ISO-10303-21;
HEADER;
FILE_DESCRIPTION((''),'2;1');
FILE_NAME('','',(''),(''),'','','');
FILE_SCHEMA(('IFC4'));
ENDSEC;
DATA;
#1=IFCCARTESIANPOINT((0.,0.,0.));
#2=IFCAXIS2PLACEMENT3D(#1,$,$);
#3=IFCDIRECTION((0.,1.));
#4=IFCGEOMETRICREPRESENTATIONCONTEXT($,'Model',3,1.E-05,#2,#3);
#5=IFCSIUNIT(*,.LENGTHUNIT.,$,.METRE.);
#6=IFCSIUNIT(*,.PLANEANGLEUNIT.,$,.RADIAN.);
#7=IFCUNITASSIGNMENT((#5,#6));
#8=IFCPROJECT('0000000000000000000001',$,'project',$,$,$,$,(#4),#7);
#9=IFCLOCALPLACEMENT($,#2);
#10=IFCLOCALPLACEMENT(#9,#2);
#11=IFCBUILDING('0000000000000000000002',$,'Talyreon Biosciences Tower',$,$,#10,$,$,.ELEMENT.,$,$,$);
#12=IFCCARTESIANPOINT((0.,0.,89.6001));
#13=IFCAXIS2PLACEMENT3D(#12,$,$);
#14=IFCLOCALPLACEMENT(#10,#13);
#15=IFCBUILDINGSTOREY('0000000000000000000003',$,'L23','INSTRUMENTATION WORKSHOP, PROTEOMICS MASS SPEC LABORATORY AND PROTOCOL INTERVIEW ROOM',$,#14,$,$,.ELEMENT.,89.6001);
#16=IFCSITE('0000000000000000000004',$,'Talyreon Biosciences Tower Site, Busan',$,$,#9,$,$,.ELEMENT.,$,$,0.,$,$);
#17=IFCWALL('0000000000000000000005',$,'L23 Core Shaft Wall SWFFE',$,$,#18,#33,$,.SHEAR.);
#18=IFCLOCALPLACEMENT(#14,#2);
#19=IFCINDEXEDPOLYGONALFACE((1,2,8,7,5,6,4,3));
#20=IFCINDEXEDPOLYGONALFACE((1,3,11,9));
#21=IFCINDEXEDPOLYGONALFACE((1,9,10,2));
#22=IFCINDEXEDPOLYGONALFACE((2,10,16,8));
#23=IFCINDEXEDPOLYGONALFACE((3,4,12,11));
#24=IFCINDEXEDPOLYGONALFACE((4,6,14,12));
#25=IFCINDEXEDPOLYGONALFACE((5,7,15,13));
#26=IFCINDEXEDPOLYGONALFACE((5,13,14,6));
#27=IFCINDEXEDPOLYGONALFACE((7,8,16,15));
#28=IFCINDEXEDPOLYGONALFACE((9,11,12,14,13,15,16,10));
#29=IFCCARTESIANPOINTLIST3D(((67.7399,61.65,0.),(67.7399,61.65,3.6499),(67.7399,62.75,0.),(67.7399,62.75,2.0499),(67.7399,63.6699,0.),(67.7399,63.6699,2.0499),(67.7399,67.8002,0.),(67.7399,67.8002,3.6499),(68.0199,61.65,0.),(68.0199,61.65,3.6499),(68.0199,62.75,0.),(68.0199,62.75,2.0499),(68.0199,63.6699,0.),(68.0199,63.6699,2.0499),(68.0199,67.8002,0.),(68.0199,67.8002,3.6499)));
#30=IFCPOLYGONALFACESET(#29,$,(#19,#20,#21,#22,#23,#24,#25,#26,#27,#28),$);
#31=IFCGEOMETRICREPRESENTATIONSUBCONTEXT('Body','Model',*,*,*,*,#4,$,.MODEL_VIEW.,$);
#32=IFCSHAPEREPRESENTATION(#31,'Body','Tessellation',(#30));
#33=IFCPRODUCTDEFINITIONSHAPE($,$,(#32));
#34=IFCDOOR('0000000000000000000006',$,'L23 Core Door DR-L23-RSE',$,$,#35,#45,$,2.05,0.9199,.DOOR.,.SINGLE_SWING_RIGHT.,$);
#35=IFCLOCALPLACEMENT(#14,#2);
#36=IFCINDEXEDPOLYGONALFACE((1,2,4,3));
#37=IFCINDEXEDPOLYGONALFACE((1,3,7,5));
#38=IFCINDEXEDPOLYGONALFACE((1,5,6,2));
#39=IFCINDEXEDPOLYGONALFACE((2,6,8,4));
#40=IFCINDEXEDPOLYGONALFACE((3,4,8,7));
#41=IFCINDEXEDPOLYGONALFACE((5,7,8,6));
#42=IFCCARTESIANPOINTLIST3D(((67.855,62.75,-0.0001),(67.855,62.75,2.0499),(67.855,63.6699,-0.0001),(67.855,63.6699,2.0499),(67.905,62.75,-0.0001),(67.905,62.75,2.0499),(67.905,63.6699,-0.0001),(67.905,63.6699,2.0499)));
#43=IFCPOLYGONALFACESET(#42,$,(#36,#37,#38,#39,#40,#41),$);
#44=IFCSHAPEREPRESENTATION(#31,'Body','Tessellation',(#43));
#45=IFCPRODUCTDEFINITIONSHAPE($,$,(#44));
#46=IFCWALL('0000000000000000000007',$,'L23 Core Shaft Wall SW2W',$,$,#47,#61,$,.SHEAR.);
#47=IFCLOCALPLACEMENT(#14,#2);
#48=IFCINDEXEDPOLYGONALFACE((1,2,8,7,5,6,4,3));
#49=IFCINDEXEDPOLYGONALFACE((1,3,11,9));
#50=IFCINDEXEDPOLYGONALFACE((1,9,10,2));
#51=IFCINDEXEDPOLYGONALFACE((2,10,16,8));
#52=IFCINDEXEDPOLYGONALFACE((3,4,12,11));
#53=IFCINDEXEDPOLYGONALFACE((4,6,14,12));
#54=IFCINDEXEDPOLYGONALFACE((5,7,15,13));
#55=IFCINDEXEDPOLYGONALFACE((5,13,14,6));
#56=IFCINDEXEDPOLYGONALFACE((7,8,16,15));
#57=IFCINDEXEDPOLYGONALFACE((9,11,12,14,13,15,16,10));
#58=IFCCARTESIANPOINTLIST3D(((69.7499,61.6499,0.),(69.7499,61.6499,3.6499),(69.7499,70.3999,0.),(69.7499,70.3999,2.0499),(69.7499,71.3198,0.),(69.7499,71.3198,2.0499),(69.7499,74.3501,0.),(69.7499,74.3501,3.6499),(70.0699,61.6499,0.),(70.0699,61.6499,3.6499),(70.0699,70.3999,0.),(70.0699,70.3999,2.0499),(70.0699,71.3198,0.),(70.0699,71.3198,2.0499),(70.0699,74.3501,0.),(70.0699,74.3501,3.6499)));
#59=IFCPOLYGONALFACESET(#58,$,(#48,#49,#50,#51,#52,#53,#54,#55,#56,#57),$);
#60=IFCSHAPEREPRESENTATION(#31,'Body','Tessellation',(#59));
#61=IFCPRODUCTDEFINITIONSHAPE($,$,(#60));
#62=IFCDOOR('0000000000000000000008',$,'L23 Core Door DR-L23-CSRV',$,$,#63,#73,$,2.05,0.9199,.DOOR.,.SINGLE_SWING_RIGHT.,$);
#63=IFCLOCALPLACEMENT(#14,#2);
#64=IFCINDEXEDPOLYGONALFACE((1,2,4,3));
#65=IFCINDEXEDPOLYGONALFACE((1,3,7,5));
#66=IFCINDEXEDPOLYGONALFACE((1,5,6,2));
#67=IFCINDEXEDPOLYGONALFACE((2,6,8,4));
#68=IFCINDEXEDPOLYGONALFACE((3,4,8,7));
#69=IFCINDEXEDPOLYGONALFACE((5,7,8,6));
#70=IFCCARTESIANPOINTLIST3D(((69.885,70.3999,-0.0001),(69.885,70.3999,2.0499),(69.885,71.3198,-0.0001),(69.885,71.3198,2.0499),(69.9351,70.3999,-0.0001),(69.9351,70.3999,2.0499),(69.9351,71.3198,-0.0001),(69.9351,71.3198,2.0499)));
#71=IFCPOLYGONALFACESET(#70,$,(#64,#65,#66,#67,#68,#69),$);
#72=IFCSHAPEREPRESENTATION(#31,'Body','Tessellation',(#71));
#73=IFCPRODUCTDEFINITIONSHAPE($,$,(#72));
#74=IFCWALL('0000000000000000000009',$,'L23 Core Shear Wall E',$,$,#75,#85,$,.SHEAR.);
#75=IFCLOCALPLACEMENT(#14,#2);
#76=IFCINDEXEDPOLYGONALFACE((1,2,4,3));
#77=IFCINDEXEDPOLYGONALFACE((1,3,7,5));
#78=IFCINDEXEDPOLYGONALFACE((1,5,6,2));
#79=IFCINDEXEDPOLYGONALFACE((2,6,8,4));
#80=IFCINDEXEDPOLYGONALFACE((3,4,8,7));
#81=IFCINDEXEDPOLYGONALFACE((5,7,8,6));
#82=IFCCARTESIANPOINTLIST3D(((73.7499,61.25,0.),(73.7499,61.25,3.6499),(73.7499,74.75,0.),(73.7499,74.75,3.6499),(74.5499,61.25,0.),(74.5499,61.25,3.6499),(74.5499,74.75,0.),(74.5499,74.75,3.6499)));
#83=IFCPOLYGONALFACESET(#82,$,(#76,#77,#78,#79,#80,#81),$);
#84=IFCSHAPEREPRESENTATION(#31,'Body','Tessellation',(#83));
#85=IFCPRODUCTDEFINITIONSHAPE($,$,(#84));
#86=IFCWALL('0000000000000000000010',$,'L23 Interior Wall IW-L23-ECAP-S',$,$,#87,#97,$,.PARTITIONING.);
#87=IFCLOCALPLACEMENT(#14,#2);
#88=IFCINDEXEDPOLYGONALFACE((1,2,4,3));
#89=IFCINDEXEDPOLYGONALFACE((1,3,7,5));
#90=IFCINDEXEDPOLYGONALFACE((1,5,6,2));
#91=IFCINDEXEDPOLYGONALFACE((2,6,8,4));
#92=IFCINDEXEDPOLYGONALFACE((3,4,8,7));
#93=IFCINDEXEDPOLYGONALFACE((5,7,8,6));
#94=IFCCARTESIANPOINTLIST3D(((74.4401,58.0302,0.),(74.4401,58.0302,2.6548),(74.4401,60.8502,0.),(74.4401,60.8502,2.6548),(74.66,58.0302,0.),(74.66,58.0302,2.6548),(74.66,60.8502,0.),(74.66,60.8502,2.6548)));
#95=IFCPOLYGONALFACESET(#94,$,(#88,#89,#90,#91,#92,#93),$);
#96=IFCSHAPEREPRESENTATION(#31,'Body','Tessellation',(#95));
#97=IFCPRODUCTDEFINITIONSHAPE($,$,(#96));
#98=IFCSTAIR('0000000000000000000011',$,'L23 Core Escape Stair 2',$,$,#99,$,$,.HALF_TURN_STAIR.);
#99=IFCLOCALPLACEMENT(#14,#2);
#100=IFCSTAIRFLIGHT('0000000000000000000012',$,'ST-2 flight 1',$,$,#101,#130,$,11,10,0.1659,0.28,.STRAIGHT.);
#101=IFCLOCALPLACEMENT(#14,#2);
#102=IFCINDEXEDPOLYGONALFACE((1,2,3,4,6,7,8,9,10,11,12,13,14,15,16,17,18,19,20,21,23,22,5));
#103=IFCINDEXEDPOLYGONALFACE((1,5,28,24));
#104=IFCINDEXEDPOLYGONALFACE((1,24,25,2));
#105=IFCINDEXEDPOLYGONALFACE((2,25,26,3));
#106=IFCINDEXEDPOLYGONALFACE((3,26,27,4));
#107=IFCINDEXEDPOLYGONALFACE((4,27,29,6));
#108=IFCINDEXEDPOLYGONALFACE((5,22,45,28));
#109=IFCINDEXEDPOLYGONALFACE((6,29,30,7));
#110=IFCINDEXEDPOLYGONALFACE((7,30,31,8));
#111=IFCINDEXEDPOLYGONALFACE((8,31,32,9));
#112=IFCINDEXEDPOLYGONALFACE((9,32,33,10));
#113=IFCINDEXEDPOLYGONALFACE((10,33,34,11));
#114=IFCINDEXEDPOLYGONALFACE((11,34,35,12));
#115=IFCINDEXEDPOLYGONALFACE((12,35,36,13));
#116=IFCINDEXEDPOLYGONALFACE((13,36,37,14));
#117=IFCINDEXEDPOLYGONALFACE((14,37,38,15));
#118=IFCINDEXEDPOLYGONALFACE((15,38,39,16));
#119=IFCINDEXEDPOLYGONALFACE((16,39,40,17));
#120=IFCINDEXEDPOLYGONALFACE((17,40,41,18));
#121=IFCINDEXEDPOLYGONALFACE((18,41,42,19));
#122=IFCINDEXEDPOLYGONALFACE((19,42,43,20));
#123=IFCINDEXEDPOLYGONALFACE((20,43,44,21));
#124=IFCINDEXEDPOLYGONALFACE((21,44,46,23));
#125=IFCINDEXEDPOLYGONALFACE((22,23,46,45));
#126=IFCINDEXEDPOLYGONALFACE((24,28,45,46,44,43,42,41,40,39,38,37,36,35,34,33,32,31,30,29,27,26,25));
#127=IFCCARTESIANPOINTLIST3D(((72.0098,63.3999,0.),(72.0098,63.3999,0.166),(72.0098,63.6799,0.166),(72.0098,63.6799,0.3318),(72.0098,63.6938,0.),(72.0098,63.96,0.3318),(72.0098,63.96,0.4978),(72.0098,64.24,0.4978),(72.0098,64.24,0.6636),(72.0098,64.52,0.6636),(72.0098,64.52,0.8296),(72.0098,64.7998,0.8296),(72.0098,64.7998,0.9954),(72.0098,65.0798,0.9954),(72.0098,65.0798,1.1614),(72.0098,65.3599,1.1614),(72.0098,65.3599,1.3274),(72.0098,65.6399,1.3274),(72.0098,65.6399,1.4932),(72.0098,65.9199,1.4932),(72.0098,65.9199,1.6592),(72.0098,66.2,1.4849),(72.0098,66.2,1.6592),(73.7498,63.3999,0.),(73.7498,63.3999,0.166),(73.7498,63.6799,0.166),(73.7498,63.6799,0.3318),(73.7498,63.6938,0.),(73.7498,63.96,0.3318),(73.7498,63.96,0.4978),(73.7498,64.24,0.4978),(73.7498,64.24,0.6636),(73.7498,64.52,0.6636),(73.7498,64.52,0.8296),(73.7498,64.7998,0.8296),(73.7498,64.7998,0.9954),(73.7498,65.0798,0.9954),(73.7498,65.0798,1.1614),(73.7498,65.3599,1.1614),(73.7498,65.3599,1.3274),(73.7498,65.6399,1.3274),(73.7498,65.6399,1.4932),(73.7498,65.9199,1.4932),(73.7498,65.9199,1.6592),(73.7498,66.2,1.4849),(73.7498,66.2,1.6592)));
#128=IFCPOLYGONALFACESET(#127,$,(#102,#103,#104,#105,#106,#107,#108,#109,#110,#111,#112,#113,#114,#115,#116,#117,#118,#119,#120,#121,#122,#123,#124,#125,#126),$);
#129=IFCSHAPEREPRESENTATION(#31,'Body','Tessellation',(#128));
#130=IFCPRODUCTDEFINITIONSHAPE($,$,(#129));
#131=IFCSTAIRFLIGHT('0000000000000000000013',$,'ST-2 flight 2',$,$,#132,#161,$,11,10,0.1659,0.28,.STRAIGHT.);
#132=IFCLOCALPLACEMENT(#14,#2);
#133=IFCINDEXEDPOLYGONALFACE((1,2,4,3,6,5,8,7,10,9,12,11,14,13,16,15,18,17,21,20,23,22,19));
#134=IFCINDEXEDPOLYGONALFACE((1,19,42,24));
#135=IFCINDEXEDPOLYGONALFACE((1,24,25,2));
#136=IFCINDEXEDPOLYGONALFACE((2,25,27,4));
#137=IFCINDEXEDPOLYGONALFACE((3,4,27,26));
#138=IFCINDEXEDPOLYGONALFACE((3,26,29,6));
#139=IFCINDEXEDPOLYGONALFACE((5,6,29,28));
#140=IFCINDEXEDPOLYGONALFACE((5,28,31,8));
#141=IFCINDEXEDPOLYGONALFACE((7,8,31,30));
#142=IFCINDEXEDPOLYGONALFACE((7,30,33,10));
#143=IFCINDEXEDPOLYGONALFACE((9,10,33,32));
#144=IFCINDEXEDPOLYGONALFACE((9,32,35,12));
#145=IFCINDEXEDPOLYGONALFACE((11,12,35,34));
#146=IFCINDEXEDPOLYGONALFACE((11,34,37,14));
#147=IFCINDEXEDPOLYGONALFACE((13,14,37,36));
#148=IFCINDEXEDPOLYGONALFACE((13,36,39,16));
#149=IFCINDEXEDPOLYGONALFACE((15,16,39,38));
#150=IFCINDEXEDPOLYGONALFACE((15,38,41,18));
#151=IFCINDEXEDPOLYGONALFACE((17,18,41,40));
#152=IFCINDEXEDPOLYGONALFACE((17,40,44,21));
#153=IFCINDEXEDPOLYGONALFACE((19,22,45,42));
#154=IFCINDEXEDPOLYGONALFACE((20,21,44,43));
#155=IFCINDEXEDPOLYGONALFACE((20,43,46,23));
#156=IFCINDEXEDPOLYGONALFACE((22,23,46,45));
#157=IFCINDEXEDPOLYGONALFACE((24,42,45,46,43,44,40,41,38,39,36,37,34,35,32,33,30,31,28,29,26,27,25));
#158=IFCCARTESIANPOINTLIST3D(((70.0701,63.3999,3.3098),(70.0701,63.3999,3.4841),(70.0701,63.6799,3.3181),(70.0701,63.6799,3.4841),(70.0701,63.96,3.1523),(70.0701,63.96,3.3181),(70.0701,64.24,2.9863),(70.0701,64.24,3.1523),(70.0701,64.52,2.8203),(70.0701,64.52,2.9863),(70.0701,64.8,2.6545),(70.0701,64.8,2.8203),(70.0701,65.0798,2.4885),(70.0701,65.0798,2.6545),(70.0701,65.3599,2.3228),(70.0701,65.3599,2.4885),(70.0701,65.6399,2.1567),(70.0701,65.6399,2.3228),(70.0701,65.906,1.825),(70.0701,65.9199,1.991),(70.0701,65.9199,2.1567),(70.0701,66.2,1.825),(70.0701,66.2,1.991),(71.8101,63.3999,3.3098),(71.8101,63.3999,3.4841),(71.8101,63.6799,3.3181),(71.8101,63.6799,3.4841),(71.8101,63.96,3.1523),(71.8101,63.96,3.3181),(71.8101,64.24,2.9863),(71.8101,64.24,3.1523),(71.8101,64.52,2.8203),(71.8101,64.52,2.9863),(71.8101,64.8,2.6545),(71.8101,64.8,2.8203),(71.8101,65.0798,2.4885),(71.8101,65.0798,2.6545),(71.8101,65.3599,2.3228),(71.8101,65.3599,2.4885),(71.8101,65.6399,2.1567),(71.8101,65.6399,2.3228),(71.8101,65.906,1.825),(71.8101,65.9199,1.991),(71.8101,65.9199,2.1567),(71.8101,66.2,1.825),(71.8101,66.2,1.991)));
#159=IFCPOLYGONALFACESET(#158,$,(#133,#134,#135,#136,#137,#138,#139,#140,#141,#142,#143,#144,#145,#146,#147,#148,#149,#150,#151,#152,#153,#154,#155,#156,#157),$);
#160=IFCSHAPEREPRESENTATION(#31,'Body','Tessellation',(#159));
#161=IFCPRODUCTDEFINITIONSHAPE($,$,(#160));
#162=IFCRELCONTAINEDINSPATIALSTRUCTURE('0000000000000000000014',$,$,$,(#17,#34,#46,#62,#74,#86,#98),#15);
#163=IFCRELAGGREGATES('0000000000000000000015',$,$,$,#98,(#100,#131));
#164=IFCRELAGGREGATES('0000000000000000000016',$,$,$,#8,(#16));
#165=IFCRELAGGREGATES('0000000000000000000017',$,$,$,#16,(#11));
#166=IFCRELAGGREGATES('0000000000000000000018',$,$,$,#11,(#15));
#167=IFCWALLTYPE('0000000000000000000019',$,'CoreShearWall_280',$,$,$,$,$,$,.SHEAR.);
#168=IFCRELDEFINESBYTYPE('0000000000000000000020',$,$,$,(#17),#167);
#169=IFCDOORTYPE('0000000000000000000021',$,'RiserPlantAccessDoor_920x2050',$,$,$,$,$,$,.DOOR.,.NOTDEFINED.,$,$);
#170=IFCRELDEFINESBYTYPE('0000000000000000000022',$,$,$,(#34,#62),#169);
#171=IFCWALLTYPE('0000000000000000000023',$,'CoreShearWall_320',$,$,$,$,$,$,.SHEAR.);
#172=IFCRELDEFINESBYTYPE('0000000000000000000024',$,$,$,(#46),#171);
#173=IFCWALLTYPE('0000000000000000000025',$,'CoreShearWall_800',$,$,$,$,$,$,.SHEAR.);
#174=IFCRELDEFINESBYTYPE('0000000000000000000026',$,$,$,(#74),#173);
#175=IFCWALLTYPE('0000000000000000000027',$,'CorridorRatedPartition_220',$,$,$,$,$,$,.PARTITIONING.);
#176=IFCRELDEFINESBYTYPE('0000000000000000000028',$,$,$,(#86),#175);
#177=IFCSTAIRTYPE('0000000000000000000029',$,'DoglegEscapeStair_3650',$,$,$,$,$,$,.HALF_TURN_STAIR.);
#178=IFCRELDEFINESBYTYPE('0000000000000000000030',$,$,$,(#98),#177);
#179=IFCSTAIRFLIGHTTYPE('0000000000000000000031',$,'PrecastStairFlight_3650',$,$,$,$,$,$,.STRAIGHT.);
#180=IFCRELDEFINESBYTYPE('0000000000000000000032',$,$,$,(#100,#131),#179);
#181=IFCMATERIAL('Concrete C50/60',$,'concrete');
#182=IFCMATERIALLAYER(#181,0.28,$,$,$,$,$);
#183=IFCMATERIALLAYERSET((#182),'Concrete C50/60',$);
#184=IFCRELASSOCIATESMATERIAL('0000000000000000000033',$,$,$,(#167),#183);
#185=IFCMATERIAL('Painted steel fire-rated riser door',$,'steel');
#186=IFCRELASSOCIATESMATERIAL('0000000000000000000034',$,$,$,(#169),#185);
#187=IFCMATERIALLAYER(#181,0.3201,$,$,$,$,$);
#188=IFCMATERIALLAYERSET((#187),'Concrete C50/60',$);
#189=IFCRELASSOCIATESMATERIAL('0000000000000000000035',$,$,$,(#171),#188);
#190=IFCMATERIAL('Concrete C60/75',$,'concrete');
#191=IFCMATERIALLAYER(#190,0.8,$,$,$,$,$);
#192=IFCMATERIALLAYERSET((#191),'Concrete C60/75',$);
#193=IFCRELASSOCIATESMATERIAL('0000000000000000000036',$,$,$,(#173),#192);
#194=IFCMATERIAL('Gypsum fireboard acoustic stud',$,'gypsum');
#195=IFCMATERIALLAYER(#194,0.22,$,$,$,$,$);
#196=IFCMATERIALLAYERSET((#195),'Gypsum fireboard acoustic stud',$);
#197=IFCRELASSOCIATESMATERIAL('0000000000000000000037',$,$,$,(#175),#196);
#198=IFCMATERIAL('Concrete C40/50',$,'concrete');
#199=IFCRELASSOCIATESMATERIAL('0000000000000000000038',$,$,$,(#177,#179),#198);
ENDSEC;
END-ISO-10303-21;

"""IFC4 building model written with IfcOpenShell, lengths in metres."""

from ifc_helpers import new_model, si_unit, direction, frame, frame_2d, origin, place, context, subcontext, project, spatial, polyline, rectangle, outline, extrude, material, layer, layer_set, type_object, element, fill, aggregate, save


model = new_model("IFC4")

# Units and contexts
model_context = context("Model", 3, precision=1e-05, world=origin(), true_north=direction((0.0, 1.0)))
body_context = subcontext(model_context, "Body", "Model", "MODEL_VIEW")
ifc_project = project(units=[si_unit("LENGTHUNIT", "METRE"), si_unit("PLANEANGLEUNIT", "RADIAN")], contexts=[model_context])

# Site, building, storey
site_placement = place(None, origin())
site = spatial("IfcSite", under=ifc_project, at=site_placement, Name="Talyreon Biosciences Tower Site, Busan", CompositionType="ELEMENT", RefElevation=0.0)
building_placement = place(site_placement, origin())
building = spatial("IfcBuilding", under=site, at=building_placement, Name="Talyreon Biosciences Tower", CompositionType="ELEMENT")
storey_placement = place(building_placement, frame((0.0, 0.0, 89.6001)))
storey = spatial("IfcBuildingStorey", under=building, at=storey_placement, Name="L23", Description="INSTRUMENTATION WORKSHOP, PROTEOMICS MASS SPEC LABORATORY AND PROTOCOL INTERVIEW ROOM", CompositionType="ELEMENT", Elevation=89.6001)

# Shared definitions
ifc_material_1 = material(Name="Concrete C60/75", Category="concrete")
ifc_material_2 = material(Name="Concrete C50/60", Category="concrete")

# Walls, openings, doors
ifc_layer_1 = layer(ifc_material_2, 0.28)
ifc_layer_set_1 = layer_set([ifc_layer_1], Name="Concrete C50/60")
wall_type_1 = type_object("IfcWallType", Name="CoreShearWall_280", PredefinedType="SHEAR", material=ifc_layer_set_1)
wall_1_placement = place(storey_placement, frame((67.8799, 61.6499, 0.0), z_axis=(0.0, 0.0, 1.0), x_axis=(0.0, 1.0, 0.0)))
wall_1 = element("IfcWall", 1, at=wall_1_placement, inside=storey, type_object=wall_type_1, Name="L23 Core Shaft Wall SWFFE", PredefinedType="SHEAR", context=body_context, shape_type="SweptSolid", body=[
    extrude(rectangle(XDim=6.1501, YDim=0.28, at=frame_2d((3.0752, 0.0))), origin(), (0.0, 0.0, 1.0), 3.6499),
])
opening_1_placement = place(wall_1_placement, frame((1.1001, 0.0, 0.0)))
opening_1 = element("IfcOpeningElement", 2, at=opening_1_placement, cuts=wall_1, PredefinedType="OPENING", context=body_context, shape_type="SweptSolid", body=[
    extrude(rectangle(XDim=0.9199, YDim=2.05, at=frame_2d((0.46, 1.0249))), frame((0.0, 0.1499, 0.0), z_axis=(0.0, -1.0, 0.0), x_axis=(1.0, 0.0, 0.0)), (0.0, 0.0, 1.0), 0.3),
])
ifc_material_3 = material(Name="Painted steel fire-rated riser door", Category="steel")
door_type = type_object("IfcDoorType", Name="RiserPlantAccessDoor_920x2050", OperationType="NOTDEFINED", PredefinedType="DOOR", material=ifc_material_3)
door_1_placement = place(opening_1_placement, origin())
door_1 = element("IfcDoor", 3, at=door_1_placement, inside=storey, type_object=door_type, Name="L23 Core Door DR-L23-RSE", OperationType="SINGLE_SWING_RIGHT", OverallHeight=2.05, OverallWidth=0.9199, PredefinedType="DOOR", context=body_context, shape_type="SweptSolid", body=[
    extrude(rectangle(XDim=0.9199, YDim=2.05, at=frame_2d((0.46, 1.0249))), frame((0.0, 0.0249, 0.0), z_axis=(0.0, -1.0, 0.0), x_axis=(1.0, 0.0, 0.0)), (0.0, 0.0, 1.0), 0.05),
])
fill(opening_1, door_1)
ifc_layer_2 = layer(ifc_material_2, 0.3201)
ifc_layer_set_2 = layer_set([ifc_layer_2], Name="Concrete C50/60")
wall_type_2 = type_object("IfcWallType", Name="CoreShearWall_320", PredefinedType="SHEAR", material=ifc_layer_set_2)
wall_2_placement = place(storey_placement, frame((69.9099, 61.6499, 0.0), z_axis=(0.0, 0.0, 1.0), x_axis=(0.0, 1.0, 0.0)))
wall_2 = element("IfcWall", 4, at=wall_2_placement, inside=storey, type_object=wall_type_2, Name="L23 Core Shaft Wall SW2W", PredefinedType="SHEAR", context=body_context, shape_type="SweptSolid", body=[
    extrude(rectangle(XDim=12.7002, YDim=0.3201, at=frame_2d((6.3501, 0.0))), origin(), (0.0, 0.0, 1.0), 3.6499),
])
opening_2_placement = place(wall_2_placement, frame((8.75, 0.0, 0.0)))
opening_2 = element("IfcOpeningElement", 5, at=opening_2_placement, cuts=wall_2, PredefinedType="OPENING", context=body_context, shape_type="SweptSolid", body=[
    extrude(rectangle(XDim=0.9199, YDim=2.05, at=frame_2d((0.46, 1.0249))), frame((0.0, 0.1699, 0.0), z_axis=(0.0, -1.0, 0.0), x_axis=(1.0, 0.0, 0.0)), (0.0, 0.0, 1.0), 0.3401),
])
door_2_placement = place(opening_2_placement, origin())
door_2 = element("IfcDoor", 6, at=door_2_placement, inside=storey, type_object=door_type, Name="L23 Core Door DR-L23-CSRV", OperationType="SINGLE_SWING_RIGHT", OverallHeight=2.05, OverallWidth=0.9199, PredefinedType="DOOR", context=body_context, shape_type="SweptSolid", body=[
    extrude(rectangle(XDim=0.9199, YDim=2.05, at=frame_2d((0.46, 1.0249))), frame((0.0, 0.0249, 0.0), z_axis=(0.0, -1.0, 0.0), x_axis=(1.0, 0.0, 0.0)), (0.0, 0.0, 1.0), 0.05),
])
fill(opening_2, door_2)

# Walls
ifc_layer_3 = layer(ifc_material_1, 0.8)
ifc_layer_set_3 = layer_set([ifc_layer_3], Name="Concrete C60/75")
wall_type_3 = type_object("IfcWallType", Name="CoreShearWall_800", PredefinedType="SHEAR", material=ifc_layer_set_3)
wall_3_placement = place(storey_placement, frame((74.1499, 61.25, 0.0), z_axis=(0.0, 0.0, 1.0), x_axis=(0.0, 1.0, 0.0)))
element("IfcWall", 7, at=wall_3_placement, inside=storey, type_object=wall_type_3, Name="L23 Core Shear Wall E", PredefinedType="SHEAR", context=body_context, shape_type="SweptSolid", body=[
    extrude(rectangle(XDim=13.5, YDim=0.8, at=frame_2d((6.75, 0.0))), origin(), (0.0, 0.0, 1.0), 3.6499),
])
ifc_material_4 = material(Name="Gypsum fireboard acoustic stud", Category="gypsum")
ifc_layer_4 = layer(ifc_material_4, 0.22)
ifc_layer_set_4 = layer_set([ifc_layer_4], Name="Gypsum fireboard acoustic stud")
wall_type_4 = type_object("IfcWallType", Name="CorridorRatedPartition_220", PredefinedType="PARTITIONING", material=ifc_layer_set_4)
wall_4_placement = place(storey_placement, frame((74.55, 58.03, 0.0), z_axis=(0.0, 0.0, 1.0), x_axis=(0.0, 1.0, 0.0)))
element("IfcWall", 8, at=wall_4_placement, inside=storey, type_object=wall_type_4, Name="L23 Interior Wall IW-L23-ECAP-S", PredefinedType="PARTITIONING", context=body_context, shape_type="SweptSolid", body=[
    extrude(rectangle(XDim=2.8201, YDim=0.22, at=frame_2d((1.4102, 0.0))), origin(), (0.0, 0.0, 1.0), 2.6548),
])

# Stair, stair flights
ifc_material_5 = material(Name="Concrete C40/50", Category="concrete")
stair_type = type_object("IfcStairType", Name="DoglegEscapeStair_3650", PredefinedType="HALF_TURN_STAIR", material=ifc_material_5)
stair_placement = place(storey_placement, origin())
stair = element("IfcStair", 9, at=stair_placement, inside=storey, type_object=stair_type, Name="L23 Core Escape Stair 2", PredefinedType="HALF_TURN_STAIR")
stair_flight_type = type_object("IfcStairFlightType", Name="PrecastStairFlight_3650", PredefinedType="STRAIGHT", material=ifc_material_5)
stair_flight_1_placement = place(storey_placement, frame((72.8799, 63.3999, 0.0), z_axis=(0.0, 0.0, 1.0), x_axis=(0.0, 1.0, 0.0)))
stair_flight_1 = element("IfcStairFlight", 10, at=stair_flight_1_placement, type_object=stair_flight_type, Name="ST-2 flight 1", NumberOfRisers=11, NumberOfTreads=10, PredefinedType="STRAIGHT", RiserHeight=0.1659, TreadLength=0.28, context=body_context, shape_type="SweptSolid", body=[
    extrude(outline(polyline([(0.0, 0.0), (0.0, 0.166), (0.28, 0.166), (0.28, 0.3318), (0.5601, 0.3318), (0.5601, 0.4978), (0.8401, 0.4978), (0.8401, 0.6636), (1.1201, 0.6636), (1.1201, 0.8296), (1.3999, 0.8296), (1.3999, 0.9954), (1.6799, 0.9954), (1.6799, 1.1614), (1.96, 1.1614), (1.96, 1.3274), (2.24, 1.3274), (2.24, 1.4932), (2.52, 1.4932), (2.52, 1.6592), (2.8, 1.6592), (2.8, 1.825), (2.8, 1.4849), (0.2939, 0.0), (0.0, 0.0)])), frame((0.0, 0.8701, 0.0), z_axis=(0.0, -1.0, 0.0), x_axis=(1.0, 0.0, 0.0)), (0.0, 0.0, 1.0), 1.74),
])
stair_flight_2_placement = place(storey_placement, frame((70.9399, 66.2, 1.825), z_axis=(0.0, 0.0, 1.0), x_axis=(0.0, -1.0, 0.0)))
stair_flight_2 = element("IfcStairFlight", 11, at=stair_flight_2_placement, type_object=stair_flight_type, Name="ST-2 flight 2", NumberOfRisers=11, NumberOfTreads=10, PredefinedType="STRAIGHT", RiserHeight=0.1659, TreadLength=0.28, context=body_context, shape_type="SweptSolid", body=[
    extrude(outline(polyline([(0.0, 0.0), (0.0, 0.166), (0.28, 0.166), (0.28, 0.3318), (0.5601, 0.3318), (0.5601, 0.4978), (0.8401, 0.4978), (0.8401, 0.6636), (1.1201, 0.6636), (1.1201, 0.8296), (1.3999, 0.8296), (1.3999, 0.9954), (1.6799, 0.9954), (1.6799, 1.1614), (1.96, 1.1614), (1.96, 1.3274), (2.24, 1.3274), (2.24, 1.4932), (2.52, 1.4932), (2.52, 1.6592), (2.8, 1.6592), (2.8, 1.825), (2.8, 1.4849), (0.2939, 0.0), (0.0, 0.0)])), frame((0.0, 0.8701, 0.0), z_axis=(0.0, -1.0, 0.0), x_axis=(1.0, 0.0, 0.0)), (0.0, 0.0, 1.0), 1.74),
])
aggregate(stair, [stair_flight_1, stair_flight_2])

save(model, "model.ifc")
